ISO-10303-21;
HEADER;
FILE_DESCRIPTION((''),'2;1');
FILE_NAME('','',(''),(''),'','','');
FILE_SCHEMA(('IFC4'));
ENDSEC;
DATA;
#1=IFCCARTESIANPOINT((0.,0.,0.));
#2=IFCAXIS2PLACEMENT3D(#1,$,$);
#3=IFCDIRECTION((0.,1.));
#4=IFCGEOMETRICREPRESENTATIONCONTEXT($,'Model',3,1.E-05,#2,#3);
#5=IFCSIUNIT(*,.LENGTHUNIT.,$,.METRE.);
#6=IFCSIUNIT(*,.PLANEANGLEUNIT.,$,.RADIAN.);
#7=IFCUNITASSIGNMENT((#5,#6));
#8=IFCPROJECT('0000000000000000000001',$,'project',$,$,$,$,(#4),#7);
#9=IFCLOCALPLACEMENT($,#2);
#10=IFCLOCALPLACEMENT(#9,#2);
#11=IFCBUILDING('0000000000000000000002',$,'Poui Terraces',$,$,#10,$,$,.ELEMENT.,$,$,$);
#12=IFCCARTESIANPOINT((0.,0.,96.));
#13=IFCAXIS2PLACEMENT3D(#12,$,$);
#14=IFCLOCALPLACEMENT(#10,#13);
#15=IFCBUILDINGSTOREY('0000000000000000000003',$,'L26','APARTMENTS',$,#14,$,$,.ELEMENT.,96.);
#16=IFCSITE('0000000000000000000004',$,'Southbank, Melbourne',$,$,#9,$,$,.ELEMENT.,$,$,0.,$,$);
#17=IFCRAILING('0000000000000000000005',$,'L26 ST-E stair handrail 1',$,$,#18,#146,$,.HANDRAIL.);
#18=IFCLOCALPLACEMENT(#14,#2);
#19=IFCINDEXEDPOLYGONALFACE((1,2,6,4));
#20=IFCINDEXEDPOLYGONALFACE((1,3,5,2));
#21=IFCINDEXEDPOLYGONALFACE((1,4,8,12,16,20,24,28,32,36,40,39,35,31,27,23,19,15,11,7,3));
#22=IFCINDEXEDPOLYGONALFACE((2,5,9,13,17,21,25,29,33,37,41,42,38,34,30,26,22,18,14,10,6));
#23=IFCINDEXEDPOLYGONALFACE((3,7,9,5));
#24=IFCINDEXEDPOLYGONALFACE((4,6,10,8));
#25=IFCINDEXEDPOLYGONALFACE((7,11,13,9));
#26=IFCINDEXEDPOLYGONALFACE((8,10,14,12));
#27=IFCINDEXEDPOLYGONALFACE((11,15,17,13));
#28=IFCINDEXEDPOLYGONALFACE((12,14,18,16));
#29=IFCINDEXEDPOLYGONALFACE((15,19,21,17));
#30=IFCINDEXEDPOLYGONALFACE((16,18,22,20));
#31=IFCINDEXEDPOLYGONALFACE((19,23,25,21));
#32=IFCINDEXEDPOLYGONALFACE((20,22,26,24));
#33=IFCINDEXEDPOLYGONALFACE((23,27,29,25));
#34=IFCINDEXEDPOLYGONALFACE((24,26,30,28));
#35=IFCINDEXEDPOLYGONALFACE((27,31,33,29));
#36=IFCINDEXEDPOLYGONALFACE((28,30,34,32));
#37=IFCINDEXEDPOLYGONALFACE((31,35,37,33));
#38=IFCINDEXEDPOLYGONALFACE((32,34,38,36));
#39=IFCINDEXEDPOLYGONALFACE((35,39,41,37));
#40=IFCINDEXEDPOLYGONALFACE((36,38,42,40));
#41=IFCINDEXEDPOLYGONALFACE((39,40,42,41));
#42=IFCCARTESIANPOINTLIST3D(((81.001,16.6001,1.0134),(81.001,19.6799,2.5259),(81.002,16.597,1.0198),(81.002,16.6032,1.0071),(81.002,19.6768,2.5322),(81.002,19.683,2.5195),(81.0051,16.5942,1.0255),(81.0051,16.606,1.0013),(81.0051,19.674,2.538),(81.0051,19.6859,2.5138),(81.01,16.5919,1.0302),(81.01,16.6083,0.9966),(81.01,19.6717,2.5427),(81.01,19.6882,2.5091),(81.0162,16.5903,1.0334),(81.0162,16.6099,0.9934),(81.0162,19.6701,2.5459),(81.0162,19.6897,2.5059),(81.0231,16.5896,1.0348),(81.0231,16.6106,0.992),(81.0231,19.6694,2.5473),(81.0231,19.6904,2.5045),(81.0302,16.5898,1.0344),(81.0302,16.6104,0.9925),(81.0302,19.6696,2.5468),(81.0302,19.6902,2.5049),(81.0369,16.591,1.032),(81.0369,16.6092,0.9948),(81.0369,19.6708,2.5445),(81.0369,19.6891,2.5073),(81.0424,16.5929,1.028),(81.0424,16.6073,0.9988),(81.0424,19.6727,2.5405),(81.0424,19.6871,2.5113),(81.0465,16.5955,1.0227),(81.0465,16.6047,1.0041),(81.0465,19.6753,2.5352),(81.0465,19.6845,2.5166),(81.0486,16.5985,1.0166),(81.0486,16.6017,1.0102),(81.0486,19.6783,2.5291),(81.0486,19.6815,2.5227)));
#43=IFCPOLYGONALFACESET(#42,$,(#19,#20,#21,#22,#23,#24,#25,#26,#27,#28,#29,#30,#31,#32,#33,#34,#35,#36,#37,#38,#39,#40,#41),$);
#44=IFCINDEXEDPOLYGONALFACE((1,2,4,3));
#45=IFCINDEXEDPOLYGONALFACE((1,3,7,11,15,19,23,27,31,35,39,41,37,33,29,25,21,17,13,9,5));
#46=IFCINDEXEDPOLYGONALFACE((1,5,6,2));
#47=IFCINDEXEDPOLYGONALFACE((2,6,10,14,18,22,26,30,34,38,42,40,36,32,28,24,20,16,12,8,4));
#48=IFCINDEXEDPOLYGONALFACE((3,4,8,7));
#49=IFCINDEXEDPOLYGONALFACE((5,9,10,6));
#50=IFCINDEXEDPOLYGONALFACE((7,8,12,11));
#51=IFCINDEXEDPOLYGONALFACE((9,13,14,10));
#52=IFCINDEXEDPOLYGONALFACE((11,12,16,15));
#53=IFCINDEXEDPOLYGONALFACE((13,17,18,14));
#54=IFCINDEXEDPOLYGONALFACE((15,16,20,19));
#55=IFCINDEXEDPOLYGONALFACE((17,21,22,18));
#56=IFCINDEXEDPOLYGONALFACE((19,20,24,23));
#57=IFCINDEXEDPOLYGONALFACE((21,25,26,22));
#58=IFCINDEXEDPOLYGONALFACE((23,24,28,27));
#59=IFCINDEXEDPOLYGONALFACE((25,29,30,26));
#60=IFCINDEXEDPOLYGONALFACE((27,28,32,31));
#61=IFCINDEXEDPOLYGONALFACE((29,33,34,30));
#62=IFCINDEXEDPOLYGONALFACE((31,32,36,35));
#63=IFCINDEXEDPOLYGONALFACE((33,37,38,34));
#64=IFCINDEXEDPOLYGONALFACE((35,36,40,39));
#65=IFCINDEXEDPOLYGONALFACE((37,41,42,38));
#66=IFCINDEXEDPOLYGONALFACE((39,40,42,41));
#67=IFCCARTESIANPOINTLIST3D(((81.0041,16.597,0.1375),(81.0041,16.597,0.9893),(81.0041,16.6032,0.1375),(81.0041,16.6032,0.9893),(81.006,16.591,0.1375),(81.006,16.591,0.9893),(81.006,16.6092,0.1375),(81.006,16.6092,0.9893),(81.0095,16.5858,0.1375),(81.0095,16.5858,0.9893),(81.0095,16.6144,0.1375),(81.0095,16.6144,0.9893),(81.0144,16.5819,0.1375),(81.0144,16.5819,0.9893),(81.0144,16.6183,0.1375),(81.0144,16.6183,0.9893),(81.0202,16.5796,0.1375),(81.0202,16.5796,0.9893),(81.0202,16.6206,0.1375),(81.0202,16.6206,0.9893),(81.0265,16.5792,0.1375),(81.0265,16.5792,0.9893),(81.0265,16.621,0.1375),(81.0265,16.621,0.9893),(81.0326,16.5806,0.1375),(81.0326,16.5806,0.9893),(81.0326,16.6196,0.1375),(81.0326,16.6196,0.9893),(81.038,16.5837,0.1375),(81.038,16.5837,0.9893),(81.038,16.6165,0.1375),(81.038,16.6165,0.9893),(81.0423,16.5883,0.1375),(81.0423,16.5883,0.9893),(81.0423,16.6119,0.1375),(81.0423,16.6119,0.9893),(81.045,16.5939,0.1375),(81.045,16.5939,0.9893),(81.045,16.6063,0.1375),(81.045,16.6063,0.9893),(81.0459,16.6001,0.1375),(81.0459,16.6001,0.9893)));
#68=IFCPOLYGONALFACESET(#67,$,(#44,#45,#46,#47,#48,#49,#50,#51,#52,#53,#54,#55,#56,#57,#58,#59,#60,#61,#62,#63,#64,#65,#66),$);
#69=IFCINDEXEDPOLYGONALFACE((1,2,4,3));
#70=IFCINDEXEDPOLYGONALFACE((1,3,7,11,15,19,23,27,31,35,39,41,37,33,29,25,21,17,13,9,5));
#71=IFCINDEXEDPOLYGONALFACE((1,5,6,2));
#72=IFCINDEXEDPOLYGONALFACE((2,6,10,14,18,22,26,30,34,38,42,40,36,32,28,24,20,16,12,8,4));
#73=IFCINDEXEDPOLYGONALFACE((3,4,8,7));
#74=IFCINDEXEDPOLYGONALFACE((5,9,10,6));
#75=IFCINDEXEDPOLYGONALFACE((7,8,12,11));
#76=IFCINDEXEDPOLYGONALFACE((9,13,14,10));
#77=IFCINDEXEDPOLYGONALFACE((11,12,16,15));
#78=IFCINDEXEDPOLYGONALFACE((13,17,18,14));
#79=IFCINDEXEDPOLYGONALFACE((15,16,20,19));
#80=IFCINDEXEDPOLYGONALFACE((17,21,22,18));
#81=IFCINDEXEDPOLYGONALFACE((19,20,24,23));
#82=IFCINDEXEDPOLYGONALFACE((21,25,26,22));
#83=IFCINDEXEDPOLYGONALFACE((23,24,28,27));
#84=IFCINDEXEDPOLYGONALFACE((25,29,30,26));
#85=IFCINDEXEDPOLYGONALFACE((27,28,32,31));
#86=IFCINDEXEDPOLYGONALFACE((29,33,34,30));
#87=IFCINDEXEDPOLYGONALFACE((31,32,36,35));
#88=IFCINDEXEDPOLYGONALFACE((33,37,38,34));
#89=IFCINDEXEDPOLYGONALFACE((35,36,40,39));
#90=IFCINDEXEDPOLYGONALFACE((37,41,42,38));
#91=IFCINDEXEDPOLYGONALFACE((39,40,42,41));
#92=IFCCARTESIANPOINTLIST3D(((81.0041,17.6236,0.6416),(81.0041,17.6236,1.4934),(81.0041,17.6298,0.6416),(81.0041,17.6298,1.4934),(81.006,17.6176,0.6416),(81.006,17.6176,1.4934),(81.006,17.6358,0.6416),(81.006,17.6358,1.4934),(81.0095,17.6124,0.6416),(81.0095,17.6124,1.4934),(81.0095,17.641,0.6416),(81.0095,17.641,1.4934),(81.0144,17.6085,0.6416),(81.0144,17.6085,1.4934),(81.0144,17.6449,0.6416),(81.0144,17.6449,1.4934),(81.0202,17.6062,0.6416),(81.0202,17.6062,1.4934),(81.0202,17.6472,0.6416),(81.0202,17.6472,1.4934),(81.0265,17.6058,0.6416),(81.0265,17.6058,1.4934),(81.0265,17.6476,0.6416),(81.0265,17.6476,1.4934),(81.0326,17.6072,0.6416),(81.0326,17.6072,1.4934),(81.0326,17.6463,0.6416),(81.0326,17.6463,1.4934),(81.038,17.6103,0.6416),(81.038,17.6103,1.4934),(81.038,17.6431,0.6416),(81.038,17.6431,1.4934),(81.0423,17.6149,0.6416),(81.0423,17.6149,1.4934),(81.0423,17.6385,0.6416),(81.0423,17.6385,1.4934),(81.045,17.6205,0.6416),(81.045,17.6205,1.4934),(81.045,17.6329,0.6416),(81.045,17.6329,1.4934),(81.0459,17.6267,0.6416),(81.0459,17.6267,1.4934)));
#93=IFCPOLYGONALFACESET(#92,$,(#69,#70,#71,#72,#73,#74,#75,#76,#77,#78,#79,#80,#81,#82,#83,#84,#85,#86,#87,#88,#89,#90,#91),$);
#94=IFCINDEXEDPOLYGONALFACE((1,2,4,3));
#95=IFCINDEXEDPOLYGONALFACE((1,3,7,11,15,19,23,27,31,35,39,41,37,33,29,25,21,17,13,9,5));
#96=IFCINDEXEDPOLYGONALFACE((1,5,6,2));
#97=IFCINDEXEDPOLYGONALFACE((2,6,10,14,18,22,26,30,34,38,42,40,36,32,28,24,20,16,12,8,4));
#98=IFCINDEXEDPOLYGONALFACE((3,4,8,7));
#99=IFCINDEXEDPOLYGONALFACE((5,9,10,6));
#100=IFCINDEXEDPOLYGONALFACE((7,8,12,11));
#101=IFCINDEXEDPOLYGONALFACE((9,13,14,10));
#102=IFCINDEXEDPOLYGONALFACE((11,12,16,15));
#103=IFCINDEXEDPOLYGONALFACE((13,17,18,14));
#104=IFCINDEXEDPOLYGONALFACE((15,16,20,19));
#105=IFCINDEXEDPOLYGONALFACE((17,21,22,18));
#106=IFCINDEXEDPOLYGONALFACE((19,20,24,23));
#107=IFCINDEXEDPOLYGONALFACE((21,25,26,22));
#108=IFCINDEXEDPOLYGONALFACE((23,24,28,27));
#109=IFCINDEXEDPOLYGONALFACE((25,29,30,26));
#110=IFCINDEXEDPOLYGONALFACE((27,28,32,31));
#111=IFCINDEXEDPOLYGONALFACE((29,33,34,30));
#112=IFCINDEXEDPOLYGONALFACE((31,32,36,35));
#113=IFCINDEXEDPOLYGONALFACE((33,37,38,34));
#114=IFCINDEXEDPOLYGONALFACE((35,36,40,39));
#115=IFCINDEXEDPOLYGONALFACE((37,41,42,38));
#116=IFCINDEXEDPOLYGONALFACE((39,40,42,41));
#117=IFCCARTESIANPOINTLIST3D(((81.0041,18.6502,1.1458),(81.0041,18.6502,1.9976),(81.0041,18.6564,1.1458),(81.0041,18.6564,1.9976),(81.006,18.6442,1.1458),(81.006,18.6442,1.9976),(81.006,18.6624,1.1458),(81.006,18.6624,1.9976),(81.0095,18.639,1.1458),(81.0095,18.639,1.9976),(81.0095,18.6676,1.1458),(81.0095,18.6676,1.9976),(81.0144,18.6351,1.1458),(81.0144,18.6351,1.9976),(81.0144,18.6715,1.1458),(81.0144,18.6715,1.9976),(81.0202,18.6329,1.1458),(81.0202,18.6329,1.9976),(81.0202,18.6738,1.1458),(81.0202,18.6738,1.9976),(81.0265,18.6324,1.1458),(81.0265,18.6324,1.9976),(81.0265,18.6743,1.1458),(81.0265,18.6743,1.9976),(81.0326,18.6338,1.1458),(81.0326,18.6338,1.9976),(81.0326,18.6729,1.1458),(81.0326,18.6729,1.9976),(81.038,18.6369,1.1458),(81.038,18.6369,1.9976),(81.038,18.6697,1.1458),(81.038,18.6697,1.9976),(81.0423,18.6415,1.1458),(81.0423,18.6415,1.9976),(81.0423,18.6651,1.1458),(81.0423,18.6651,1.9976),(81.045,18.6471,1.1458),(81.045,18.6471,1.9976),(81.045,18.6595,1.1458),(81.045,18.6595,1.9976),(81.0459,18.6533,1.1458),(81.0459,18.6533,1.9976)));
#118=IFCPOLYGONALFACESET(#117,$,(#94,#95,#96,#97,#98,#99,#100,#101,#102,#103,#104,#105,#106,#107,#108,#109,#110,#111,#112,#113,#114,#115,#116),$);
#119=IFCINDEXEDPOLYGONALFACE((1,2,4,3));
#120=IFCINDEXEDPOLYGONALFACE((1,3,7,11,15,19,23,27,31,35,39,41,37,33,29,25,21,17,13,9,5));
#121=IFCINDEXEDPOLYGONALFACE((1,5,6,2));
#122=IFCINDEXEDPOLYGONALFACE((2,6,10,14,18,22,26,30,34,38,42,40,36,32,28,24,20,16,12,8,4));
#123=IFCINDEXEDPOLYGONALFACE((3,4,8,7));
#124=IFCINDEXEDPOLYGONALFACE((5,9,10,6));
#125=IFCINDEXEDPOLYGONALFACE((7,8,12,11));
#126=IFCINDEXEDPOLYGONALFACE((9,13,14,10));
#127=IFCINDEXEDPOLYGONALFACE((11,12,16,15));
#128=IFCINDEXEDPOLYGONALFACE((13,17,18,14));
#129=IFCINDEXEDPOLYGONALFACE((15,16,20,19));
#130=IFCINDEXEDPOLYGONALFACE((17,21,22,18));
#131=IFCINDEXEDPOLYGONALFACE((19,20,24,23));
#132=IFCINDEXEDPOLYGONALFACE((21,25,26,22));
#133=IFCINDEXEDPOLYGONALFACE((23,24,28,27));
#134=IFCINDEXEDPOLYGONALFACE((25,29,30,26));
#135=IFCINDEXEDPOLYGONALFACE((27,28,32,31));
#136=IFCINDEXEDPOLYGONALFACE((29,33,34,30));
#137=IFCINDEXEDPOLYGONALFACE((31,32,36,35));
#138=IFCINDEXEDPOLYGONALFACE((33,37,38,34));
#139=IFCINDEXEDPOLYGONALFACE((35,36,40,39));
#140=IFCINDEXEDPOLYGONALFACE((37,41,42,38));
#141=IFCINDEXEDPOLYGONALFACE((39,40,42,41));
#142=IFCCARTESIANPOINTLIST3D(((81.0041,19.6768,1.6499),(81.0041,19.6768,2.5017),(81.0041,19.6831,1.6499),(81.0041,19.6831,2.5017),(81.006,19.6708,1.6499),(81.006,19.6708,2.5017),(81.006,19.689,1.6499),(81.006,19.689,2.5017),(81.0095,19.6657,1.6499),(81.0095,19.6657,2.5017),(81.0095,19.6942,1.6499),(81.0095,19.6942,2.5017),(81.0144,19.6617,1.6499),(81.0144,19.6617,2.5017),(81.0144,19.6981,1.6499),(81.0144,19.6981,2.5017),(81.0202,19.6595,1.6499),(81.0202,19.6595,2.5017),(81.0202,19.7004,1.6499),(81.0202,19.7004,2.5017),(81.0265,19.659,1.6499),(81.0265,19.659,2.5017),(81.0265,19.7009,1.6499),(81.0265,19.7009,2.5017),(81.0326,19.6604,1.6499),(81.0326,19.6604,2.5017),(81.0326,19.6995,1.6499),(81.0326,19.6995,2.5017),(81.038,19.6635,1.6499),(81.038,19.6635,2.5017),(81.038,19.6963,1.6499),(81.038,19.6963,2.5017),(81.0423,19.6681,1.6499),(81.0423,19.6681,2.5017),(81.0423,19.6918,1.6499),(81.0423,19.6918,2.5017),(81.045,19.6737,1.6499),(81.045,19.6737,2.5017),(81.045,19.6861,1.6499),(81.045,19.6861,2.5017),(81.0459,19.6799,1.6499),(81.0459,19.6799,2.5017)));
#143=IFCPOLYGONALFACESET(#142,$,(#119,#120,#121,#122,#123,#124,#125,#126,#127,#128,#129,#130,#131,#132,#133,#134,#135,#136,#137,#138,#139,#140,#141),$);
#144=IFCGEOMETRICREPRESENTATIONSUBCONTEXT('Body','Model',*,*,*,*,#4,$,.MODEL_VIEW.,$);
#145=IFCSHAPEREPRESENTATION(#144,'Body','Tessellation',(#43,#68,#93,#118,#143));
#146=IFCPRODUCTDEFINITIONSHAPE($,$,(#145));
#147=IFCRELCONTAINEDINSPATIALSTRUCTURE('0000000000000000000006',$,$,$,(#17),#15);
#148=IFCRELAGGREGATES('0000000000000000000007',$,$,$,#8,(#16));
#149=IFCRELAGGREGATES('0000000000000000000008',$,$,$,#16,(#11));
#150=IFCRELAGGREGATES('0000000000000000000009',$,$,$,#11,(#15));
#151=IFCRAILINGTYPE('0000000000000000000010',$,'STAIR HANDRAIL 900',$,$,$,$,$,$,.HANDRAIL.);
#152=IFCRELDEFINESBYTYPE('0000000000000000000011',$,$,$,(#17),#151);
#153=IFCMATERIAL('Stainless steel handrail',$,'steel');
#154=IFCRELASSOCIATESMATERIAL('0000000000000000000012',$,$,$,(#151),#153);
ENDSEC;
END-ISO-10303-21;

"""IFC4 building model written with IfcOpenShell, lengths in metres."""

from ifc_helpers import new_model, si_unit, direction, frame, origin, origin_2d, place, context, subcontext, project, spatial, circle, extrude, material, type_object, element, save


model = new_model("IFC4")

# Units and contexts
model_context = context("Model", 3, precision=1e-05, world=origin(), true_north=direction((0.0, 1.0)))
body_context = subcontext(model_context, "Body", "Model", "MODEL_VIEW")
ifc_project = project(units=[si_unit("LENGTHUNIT", "METRE"), si_unit("PLANEANGLEUNIT", "RADIAN")], contexts=[model_context])

# Site, building, storey
site_placement = place(None, origin())
site = spatial("IfcSite", under=ifc_project, at=site_placement, Name="Southbank, Melbourne", CompositionType="ELEMENT", RefElevation=0.0)
building_placement = place(site_placement, origin())
building = spatial("IfcBuilding", under=site, at=building_placement, Name="Poui Terraces", CompositionType="ELEMENT")
storey_placement = place(building_placement, frame((0.0, 0.0, 96.0)))
storey = spatial("IfcBuildingStorey", under=building, at=storey_placement, Name="L26", Description="APARTMENTS", CompositionType="ELEMENT", Elevation=96.0)

# Railing
ifc_material_1 = material(Name="Stainless steel handrail", Category="steel")
railing_type = type_object("IfcRailingType", Name="STAIR HANDRAIL 900", PredefinedType="HANDRAIL", material=ifc_material_1)
railing_placement = place(storey_placement, frame((81.0249, 16.6001, 0.1375)))
element("IfcRailing", 1, at=railing_placement, inside=storey, type_object=railing_type, Name="L26 ST-E stair handrail 1", PredefinedType="HANDRAIL", context=body_context, shape_type="SweptSolid", body=[
    extrude(circle(Radius=0.0239, at=origin_2d()), frame((0.0, 0.0, 0.876), z_axis=(0.0, 0.897606, 0.440798), x_axis=(-1.0, 0.0, 0.0)), (0.0, 0.0, 1.0), 3.4312),
    extrude(circle(Radius=0.021, at=origin_2d()), origin(), (0.0, 0.0, 1.0), 0.8518),
    extrude(circle(Radius=0.021, at=origin_2d()), frame((0.0, 1.0266, 0.5042)), (0.0, 0.0, 1.0), 0.8518),
    extrude(circle(Radius=0.021, at=origin_2d()), frame((0.0, 2.0532, 1.0083)), (0.0, 0.0, 1.0), 0.8518),
    extrude(circle(Radius=0.021, at=origin_2d()), frame((0.0, 3.0798, 1.5125)), (0.0, 0.0, 1.0), 0.8518),
])

save(model, "model.ifc")
